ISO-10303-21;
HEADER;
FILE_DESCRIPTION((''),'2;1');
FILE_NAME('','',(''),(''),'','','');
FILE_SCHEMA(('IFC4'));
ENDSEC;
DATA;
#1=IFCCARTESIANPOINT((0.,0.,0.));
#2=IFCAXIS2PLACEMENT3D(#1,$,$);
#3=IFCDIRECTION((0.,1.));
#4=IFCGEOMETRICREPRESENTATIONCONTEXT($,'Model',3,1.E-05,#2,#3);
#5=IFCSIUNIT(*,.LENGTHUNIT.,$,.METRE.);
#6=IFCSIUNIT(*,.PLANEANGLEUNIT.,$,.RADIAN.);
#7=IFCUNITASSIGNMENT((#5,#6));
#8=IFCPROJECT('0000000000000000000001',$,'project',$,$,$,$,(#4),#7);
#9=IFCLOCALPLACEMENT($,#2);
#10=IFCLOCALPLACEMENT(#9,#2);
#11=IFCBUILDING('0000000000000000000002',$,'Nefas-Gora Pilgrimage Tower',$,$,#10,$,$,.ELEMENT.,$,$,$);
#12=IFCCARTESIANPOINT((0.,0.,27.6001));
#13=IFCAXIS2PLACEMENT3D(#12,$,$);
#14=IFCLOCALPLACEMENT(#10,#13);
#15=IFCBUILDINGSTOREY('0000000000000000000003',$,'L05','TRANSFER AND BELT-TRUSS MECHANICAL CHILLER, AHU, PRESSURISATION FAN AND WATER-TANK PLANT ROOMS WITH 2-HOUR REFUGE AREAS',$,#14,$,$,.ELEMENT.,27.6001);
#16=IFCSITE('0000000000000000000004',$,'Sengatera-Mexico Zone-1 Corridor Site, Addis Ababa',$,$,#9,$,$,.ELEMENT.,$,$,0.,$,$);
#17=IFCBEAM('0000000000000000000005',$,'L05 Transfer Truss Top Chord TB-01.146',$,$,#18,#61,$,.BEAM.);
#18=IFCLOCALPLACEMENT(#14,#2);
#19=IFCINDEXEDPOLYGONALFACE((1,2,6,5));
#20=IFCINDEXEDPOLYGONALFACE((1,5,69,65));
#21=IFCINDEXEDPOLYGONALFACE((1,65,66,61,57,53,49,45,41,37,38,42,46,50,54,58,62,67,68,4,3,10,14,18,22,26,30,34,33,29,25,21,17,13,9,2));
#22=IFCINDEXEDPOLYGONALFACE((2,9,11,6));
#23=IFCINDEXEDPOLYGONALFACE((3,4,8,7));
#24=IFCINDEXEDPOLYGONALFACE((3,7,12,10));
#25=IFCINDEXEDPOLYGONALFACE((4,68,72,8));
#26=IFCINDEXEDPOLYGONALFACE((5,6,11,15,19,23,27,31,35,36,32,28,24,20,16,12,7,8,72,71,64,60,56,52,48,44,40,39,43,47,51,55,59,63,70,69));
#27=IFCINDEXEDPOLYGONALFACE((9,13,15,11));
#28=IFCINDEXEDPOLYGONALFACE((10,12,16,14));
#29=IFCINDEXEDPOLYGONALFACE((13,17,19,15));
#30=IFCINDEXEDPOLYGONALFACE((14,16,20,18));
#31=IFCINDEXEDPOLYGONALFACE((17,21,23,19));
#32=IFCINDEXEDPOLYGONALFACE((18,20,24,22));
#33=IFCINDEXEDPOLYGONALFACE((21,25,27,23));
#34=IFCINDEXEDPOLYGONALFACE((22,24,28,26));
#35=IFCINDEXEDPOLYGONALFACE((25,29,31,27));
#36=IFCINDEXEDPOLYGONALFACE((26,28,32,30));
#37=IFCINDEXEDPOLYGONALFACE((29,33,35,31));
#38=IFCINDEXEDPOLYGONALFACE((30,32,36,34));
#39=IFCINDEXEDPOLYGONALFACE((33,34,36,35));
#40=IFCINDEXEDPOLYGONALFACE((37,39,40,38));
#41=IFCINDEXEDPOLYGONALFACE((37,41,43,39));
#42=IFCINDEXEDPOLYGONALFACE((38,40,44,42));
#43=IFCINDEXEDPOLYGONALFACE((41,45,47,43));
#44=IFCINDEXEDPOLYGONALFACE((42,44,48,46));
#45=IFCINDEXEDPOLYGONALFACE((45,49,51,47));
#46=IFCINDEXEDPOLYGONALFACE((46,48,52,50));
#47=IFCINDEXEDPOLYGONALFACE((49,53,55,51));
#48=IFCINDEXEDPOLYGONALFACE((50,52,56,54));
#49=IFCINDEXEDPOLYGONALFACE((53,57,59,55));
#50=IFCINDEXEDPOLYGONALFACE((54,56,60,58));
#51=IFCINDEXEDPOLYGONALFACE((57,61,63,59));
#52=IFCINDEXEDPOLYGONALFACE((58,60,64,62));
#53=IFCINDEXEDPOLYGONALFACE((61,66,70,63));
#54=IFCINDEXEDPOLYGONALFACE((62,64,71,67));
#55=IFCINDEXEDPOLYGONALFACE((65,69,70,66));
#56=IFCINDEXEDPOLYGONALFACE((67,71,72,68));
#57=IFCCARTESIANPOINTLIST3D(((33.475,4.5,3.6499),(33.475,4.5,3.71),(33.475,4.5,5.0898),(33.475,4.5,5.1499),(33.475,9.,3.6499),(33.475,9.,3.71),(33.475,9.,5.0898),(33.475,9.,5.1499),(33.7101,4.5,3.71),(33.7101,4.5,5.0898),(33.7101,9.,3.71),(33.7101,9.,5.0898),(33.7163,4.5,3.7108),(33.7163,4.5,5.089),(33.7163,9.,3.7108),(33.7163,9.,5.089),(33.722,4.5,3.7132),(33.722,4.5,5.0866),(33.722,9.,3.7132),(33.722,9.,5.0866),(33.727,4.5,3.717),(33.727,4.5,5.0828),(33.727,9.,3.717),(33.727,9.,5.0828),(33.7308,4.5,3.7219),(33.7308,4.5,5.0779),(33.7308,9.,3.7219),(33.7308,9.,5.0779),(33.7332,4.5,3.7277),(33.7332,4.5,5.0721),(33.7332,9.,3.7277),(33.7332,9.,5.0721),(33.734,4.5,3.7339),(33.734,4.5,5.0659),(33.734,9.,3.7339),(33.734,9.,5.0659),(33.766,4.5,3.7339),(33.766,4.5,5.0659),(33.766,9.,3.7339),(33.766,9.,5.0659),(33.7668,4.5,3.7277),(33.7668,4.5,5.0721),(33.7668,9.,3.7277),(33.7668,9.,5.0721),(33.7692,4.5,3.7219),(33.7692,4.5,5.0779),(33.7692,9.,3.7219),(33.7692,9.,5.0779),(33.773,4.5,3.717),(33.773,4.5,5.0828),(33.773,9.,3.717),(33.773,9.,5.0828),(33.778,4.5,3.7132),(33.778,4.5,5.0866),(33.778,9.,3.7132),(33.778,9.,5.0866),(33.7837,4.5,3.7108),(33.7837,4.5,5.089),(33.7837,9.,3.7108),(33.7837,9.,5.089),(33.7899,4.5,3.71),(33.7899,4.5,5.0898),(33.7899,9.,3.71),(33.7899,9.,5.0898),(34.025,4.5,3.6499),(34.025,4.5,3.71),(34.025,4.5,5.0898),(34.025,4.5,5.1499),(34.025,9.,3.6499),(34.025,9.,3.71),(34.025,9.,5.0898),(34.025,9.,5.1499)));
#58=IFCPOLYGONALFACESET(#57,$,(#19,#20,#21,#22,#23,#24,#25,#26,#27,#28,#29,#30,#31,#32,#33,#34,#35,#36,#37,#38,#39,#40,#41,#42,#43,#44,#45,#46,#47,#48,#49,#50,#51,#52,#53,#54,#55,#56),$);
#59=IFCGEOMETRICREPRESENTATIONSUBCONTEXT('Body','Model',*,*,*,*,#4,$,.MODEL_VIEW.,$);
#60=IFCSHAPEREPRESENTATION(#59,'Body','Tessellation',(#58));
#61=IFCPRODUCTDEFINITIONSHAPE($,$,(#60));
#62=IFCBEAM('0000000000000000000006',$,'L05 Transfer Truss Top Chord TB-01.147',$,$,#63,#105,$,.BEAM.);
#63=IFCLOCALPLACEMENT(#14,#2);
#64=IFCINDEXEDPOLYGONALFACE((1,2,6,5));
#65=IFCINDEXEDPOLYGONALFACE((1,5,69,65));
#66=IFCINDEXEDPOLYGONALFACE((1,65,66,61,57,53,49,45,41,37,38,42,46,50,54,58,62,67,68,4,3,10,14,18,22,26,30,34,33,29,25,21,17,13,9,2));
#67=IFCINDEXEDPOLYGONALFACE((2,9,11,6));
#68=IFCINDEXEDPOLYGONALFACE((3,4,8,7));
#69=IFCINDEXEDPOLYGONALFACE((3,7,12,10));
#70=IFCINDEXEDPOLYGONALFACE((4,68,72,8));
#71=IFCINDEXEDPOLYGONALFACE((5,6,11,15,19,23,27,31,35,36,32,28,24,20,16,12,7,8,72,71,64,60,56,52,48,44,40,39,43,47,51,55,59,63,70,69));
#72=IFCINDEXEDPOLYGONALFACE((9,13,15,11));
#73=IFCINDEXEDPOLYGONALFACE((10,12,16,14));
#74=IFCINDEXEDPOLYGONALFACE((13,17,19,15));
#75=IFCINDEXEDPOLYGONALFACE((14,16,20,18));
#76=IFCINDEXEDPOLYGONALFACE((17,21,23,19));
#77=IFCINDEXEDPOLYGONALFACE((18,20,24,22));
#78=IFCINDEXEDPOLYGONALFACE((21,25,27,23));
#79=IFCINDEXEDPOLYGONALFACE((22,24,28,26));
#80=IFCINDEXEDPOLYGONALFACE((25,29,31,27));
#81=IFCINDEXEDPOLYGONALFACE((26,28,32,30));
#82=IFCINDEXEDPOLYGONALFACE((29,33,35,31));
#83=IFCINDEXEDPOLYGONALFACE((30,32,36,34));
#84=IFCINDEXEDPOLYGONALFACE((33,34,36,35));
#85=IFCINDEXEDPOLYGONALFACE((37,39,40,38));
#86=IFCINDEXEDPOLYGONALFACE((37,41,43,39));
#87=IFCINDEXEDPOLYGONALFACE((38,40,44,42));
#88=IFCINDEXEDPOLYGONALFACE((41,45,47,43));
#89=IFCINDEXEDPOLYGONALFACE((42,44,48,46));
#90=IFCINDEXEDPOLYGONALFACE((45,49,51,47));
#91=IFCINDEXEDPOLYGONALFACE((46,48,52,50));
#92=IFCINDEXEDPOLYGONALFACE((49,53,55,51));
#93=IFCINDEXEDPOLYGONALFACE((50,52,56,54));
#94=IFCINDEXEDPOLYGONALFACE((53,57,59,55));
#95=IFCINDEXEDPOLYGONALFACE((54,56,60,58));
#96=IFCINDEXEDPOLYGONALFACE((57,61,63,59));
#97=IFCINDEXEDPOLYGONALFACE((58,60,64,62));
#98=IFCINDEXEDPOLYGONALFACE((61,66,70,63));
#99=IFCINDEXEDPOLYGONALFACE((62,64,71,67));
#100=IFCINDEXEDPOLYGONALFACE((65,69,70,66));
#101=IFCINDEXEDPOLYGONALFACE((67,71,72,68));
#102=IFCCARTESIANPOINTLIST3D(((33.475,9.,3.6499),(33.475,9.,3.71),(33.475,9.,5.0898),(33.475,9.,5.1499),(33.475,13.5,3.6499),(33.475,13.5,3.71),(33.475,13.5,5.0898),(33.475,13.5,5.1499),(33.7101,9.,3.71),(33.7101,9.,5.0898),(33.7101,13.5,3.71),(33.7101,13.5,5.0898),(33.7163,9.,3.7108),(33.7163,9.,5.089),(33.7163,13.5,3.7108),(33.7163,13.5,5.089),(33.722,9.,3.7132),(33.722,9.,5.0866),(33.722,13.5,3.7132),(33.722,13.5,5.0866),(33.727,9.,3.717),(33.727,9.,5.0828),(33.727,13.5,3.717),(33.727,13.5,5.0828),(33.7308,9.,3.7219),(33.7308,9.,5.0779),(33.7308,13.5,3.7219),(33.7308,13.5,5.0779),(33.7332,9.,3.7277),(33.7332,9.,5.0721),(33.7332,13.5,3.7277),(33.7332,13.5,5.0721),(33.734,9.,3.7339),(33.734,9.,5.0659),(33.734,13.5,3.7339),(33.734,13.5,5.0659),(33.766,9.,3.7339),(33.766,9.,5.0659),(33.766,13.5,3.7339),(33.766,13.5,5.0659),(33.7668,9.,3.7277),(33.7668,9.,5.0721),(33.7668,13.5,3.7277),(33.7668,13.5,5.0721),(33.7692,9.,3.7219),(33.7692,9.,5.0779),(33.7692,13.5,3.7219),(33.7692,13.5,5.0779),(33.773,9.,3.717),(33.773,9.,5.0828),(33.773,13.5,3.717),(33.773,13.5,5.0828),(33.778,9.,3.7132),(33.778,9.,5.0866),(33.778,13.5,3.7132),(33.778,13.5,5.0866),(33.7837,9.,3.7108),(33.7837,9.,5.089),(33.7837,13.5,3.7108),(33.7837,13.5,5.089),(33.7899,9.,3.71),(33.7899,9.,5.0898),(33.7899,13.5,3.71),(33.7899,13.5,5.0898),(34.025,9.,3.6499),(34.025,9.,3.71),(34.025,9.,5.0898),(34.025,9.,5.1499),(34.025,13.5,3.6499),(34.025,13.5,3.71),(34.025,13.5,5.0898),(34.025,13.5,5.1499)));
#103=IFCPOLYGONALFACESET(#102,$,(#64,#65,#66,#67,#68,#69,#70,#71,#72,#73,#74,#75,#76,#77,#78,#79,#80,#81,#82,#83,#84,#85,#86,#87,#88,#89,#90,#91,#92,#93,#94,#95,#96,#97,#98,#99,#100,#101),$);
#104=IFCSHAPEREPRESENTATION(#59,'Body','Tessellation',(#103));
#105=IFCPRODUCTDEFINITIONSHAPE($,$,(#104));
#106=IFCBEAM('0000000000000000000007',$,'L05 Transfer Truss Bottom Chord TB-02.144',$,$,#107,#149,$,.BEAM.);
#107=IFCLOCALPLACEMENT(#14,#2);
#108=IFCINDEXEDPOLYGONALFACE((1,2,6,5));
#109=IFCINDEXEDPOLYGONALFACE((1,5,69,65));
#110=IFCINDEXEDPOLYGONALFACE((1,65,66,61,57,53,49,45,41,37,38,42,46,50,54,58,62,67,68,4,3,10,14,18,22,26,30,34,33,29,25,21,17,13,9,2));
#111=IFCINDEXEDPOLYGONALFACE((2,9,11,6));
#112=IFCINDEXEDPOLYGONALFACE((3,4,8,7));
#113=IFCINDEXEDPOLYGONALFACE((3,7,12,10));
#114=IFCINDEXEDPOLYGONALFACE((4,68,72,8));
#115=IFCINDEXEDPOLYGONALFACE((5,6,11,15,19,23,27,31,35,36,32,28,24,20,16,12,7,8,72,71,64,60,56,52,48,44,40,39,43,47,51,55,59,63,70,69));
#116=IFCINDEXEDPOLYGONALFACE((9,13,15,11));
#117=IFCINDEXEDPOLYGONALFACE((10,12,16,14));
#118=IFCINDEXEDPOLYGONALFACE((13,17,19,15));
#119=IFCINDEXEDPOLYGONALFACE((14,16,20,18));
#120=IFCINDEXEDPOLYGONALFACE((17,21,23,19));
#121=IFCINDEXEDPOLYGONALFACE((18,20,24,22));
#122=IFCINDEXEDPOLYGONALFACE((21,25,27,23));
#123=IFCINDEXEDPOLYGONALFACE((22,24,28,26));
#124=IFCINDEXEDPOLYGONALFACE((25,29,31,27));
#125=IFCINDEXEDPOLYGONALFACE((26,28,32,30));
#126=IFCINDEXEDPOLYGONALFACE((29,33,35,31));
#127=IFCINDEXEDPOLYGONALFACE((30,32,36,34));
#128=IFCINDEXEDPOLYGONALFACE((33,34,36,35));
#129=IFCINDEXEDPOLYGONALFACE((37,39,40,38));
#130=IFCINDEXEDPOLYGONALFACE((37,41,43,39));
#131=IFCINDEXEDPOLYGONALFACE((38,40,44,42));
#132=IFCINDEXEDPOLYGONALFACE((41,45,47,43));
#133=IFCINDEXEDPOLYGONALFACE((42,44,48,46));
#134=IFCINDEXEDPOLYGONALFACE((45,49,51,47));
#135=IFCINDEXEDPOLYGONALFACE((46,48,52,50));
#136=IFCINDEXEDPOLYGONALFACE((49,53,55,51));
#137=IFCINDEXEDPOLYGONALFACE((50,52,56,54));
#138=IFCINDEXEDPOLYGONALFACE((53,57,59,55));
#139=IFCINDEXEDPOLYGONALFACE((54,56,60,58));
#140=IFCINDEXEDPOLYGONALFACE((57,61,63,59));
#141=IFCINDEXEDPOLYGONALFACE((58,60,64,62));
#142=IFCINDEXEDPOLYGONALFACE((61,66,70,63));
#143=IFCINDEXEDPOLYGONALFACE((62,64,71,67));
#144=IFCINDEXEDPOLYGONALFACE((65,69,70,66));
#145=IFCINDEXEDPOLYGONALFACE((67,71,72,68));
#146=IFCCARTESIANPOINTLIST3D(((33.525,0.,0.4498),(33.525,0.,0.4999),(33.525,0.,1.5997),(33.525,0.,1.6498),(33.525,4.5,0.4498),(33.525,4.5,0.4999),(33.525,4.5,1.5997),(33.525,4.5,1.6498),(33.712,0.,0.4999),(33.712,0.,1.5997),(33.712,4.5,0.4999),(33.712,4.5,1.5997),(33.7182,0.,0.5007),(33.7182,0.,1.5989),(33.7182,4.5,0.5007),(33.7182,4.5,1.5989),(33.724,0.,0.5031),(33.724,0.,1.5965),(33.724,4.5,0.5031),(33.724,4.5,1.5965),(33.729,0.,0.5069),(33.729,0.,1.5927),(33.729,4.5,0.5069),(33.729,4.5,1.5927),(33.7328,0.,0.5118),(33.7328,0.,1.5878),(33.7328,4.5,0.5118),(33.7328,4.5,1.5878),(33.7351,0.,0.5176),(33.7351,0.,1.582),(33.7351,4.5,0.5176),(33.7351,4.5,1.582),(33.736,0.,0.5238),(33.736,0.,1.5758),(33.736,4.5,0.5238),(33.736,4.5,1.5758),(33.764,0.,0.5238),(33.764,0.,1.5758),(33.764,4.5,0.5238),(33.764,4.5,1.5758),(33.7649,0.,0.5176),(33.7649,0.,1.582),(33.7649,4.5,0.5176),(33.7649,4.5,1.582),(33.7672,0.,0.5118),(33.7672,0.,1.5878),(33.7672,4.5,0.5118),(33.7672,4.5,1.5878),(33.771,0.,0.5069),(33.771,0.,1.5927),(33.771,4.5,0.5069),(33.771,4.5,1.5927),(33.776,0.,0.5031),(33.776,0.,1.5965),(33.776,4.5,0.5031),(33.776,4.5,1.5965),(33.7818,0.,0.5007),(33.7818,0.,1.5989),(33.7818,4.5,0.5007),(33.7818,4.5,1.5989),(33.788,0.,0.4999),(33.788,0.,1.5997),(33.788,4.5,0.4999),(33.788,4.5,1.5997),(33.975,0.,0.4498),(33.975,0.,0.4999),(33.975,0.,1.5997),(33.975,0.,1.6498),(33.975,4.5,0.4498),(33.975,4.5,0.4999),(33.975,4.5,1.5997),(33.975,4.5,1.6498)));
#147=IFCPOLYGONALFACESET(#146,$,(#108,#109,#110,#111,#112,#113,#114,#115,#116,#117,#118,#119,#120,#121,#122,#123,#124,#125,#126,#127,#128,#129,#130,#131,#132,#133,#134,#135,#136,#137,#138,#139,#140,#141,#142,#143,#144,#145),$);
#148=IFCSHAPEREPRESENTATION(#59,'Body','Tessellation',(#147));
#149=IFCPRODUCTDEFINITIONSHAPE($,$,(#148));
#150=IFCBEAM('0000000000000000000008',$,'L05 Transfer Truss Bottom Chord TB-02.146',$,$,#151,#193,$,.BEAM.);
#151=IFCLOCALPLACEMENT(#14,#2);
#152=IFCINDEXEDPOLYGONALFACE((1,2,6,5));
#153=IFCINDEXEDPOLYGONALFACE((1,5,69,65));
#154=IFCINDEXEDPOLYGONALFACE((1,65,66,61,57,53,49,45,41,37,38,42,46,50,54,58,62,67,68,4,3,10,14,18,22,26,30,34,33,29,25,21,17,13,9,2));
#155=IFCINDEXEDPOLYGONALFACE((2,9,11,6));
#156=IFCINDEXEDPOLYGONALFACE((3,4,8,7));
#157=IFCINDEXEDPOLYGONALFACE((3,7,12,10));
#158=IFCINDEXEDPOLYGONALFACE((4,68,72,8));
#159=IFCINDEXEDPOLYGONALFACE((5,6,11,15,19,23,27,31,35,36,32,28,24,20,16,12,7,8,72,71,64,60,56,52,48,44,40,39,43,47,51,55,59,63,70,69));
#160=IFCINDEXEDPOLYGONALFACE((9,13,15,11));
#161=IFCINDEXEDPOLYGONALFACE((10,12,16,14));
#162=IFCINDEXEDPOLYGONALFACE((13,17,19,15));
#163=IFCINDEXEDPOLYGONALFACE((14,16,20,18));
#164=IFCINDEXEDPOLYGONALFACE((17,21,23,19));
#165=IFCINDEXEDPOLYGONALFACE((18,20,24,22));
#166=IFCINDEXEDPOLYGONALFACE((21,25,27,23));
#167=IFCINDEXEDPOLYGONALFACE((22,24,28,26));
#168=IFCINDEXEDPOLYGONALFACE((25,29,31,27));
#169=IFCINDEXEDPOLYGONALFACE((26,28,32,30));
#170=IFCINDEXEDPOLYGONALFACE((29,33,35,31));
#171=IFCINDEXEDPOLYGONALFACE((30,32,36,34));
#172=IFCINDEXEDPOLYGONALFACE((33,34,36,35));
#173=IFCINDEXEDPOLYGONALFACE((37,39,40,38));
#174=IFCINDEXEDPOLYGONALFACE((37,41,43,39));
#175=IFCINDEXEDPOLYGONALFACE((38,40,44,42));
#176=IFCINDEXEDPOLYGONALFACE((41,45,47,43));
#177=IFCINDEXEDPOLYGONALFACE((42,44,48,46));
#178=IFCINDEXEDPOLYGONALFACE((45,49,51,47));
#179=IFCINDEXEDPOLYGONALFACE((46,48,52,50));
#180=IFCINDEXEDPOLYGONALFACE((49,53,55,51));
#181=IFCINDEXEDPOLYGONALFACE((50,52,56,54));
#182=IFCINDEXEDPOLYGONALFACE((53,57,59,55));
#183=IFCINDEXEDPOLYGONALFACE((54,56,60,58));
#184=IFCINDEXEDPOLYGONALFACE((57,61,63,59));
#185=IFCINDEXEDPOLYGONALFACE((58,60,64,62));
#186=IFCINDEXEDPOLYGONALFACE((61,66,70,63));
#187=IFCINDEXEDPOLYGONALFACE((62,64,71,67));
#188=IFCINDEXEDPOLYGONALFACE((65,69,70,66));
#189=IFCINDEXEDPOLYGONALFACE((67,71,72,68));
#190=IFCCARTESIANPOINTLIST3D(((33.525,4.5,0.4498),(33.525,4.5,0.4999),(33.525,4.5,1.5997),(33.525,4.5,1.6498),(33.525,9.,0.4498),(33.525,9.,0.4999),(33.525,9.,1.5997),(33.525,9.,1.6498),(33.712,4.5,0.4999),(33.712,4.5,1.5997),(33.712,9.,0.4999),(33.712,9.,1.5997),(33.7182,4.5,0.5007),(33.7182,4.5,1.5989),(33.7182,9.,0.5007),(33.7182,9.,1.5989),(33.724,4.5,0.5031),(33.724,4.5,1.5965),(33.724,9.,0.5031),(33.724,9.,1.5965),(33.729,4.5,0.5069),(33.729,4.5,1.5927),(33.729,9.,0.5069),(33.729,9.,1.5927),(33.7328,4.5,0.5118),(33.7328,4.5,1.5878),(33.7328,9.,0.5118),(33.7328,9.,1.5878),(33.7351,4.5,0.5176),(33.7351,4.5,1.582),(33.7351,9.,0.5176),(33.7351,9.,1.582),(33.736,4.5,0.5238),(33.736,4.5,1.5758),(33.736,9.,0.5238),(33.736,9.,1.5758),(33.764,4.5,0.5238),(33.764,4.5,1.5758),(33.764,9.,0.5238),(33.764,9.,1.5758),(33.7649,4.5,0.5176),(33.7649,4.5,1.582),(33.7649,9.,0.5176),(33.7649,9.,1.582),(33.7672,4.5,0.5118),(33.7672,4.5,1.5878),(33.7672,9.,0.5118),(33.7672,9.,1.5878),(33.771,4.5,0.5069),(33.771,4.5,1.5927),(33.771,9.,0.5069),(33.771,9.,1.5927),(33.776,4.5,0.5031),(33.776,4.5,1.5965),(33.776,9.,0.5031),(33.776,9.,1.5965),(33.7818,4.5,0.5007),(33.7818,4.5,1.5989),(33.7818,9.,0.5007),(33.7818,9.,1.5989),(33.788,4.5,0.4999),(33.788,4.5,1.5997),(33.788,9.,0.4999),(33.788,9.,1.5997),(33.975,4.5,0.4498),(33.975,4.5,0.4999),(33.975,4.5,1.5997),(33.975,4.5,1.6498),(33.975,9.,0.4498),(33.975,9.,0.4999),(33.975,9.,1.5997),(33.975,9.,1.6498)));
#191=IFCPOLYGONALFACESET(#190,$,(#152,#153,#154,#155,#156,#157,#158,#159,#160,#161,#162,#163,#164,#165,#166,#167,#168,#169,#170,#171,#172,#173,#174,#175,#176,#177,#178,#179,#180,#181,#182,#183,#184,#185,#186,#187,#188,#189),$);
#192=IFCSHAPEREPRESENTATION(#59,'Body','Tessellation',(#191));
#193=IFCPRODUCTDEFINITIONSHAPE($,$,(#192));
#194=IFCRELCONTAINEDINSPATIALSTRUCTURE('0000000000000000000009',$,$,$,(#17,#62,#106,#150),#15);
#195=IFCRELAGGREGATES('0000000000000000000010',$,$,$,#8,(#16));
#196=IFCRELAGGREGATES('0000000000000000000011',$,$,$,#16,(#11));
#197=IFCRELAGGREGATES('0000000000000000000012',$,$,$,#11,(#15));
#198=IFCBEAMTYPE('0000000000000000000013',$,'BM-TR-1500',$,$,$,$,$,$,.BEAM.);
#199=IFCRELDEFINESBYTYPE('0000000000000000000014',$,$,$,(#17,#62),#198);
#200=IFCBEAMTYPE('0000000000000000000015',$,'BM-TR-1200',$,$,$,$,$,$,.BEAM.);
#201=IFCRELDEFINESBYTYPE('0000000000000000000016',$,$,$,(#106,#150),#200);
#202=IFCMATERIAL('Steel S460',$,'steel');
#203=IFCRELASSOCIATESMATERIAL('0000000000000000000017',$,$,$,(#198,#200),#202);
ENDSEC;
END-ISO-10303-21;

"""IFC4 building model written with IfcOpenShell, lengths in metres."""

from ifc_helpers import new_model, si_unit, direction, frame, origin, origin_2d, place, context, subcontext, project, spatial, i_section, extrude, source, transform, mapped, material, material_profile, profile_set, type_object, element, save


model = new_model("IFC4")

# Units and contexts
model_context = context("Model", 3, precision=1e-05, world=origin(), true_north=direction((0.0, 1.0)))
body_context = subcontext(model_context, "Body", "Model", "MODEL_VIEW")
ifc_project = project(units=[si_unit("LENGTHUNIT", "METRE"), si_unit("PLANEANGLEUNIT", "RADIAN")], contexts=[model_context])

# Site, building, storey
site_placement = place(None, origin())
site = spatial("IfcSite", under=ifc_project, at=site_placement, Name="Sengatera-Mexico Zone-1 Corridor Site, Addis Ababa", CompositionType="ELEMENT", RefElevation=0.0)
building_placement = place(site_placement, origin())
building = spatial("IfcBuilding", under=site, at=building_placement, Name="Nefas-Gora Pilgrimage Tower", CompositionType="ELEMENT")
storey_placement = place(building_placement, frame((0.0, 0.0, 27.6001)))
storey = spatial("IfcBuildingStorey", under=building, at=storey_placement, Name="L05", Description="TRANSFER AND BELT-TRUSS MECHANICAL CHILLER, AHU, PRESSURISATION FAN AND WATER-TANK PLANT ROOMS WITH 2-HOUR REFUGE AREAS", CompositionType="ELEMENT", Elevation=27.6001)

# Shared definitions
ifc_material_1 = material(Name="Steel S460", Category="steel")

# Shared definitions
ifc_material_profile_1 = material_profile(ifc_material_1, i_section(OverallWidth=0.55, OverallDepth=1.5, WebThickness=0.032, FlangeThickness=0.0601, FilletRadius=0.0239, at=origin_2d()), Name="WPG 1500x550x32x60")
ifc_profile_set_1 = profile_set([ifc_material_profile_1], Name="Steel S460")
beam_type_1 = type_object("IfcBeamType", Name="BM-TR-1500", PredefinedType="BEAM", material=ifc_profile_set_1)
ifc_material_profile_2 = material_profile(ifc_material_1, i_section(OverallWidth=0.45, OverallDepth=1.2, WebThickness=0.0281, FlangeThickness=0.05, FilletRadius=0.0239, at=origin_2d()), Name="WPG 1200x450x28x50")
ifc_profile_set_2 = profile_set([ifc_material_profile_2], Name="Steel S460")
beam_type_2 = type_object("IfcBeamType", Name="BM-TR-1200", PredefinedType="BEAM", material=ifc_profile_set_2)

# Beams
shared_shape_1 = source(origin(), body_context, "Body", "SweptSolid", [
    extrude(i_section(OverallWidth=0.55, OverallDepth=1.5, WebThickness=0.032, FlangeThickness=0.0601, FilletRadius=0.0239, at=origin_2d()), origin(), (0.0, 0.0, 1.0), 4.5),
])
for number, where, z_axis, x_axis, name in (
    (1, (33.75, 4.5, 4.3999), (0.0, 1.0, 0.0), (-1.0, 0.0, 0.0), "L05 Transfer Truss Top Chord TB-01.146"),
    (2, (33.75, 9.0, 4.3999), (0.0, 1.0, 0.0), (-1.0, 0.0, 0.0), "L05 Transfer Truss Top Chord TB-01.147"),
):
    element("IfcBeam", number, at=place(storey_placement, frame(where, z_axis=z_axis, x_axis=x_axis)), inside=storey, type_object=beam_type_1, Name=name, PredefinedType="BEAM", context=body_context, shape_type="MappedRepresentation", body=[
        mapped(shared_shape_1, transform((0.0, 0.0, 0.0), x_axis=(1.0, 0.0, 0.0), y_axis=(0.0, 1.0, 0.0), z_axis=(0.0, 0.0, 1.0), scale=1.0)),
    ])
shared_shape_2 = source(origin(), body_context, "Body", "SweptSolid", [
    extrude(i_section(OverallWidth=0.45, OverallDepth=1.2, WebThickness=0.0281, FlangeThickness=0.05, FilletRadius=0.0239, at=origin_2d()), origin(), (0.0, 0.0, 1.0), 4.5),
])
for number, where, z_axis, x_axis, name in (
    (3, (33.75, 0.0, 1.0498), (0.0, 1.0, 0.0), (-1.0, 0.0, 0.0), "L05 Transfer Truss Bottom Chord TB-02.144"),
    (4, (33.75, 4.5, 1.0498), (0.0, 1.0, 0.0), (-1.0, 0.0, 0.0), "L05 Transfer Truss Bottom Chord TB-02.146"),
):
    element("IfcBeam", number, at=place(storey_placement, frame(where, z_axis=z_axis, x_axis=x_axis)), inside=storey, type_object=beam_type_2, Name=name, PredefinedType="BEAM", context=body_context, shape_type="MappedRepresentation", body=[
        mapped(shared_shape_2, transform((0.0, 0.0, 0.0), x_axis=(1.0, 0.0, 0.0), y_axis=(0.0, 1.0, 0.0), z_axis=(0.0, 0.0, 1.0), scale=1.0)),
    ])

save(model, "model.ifc")
